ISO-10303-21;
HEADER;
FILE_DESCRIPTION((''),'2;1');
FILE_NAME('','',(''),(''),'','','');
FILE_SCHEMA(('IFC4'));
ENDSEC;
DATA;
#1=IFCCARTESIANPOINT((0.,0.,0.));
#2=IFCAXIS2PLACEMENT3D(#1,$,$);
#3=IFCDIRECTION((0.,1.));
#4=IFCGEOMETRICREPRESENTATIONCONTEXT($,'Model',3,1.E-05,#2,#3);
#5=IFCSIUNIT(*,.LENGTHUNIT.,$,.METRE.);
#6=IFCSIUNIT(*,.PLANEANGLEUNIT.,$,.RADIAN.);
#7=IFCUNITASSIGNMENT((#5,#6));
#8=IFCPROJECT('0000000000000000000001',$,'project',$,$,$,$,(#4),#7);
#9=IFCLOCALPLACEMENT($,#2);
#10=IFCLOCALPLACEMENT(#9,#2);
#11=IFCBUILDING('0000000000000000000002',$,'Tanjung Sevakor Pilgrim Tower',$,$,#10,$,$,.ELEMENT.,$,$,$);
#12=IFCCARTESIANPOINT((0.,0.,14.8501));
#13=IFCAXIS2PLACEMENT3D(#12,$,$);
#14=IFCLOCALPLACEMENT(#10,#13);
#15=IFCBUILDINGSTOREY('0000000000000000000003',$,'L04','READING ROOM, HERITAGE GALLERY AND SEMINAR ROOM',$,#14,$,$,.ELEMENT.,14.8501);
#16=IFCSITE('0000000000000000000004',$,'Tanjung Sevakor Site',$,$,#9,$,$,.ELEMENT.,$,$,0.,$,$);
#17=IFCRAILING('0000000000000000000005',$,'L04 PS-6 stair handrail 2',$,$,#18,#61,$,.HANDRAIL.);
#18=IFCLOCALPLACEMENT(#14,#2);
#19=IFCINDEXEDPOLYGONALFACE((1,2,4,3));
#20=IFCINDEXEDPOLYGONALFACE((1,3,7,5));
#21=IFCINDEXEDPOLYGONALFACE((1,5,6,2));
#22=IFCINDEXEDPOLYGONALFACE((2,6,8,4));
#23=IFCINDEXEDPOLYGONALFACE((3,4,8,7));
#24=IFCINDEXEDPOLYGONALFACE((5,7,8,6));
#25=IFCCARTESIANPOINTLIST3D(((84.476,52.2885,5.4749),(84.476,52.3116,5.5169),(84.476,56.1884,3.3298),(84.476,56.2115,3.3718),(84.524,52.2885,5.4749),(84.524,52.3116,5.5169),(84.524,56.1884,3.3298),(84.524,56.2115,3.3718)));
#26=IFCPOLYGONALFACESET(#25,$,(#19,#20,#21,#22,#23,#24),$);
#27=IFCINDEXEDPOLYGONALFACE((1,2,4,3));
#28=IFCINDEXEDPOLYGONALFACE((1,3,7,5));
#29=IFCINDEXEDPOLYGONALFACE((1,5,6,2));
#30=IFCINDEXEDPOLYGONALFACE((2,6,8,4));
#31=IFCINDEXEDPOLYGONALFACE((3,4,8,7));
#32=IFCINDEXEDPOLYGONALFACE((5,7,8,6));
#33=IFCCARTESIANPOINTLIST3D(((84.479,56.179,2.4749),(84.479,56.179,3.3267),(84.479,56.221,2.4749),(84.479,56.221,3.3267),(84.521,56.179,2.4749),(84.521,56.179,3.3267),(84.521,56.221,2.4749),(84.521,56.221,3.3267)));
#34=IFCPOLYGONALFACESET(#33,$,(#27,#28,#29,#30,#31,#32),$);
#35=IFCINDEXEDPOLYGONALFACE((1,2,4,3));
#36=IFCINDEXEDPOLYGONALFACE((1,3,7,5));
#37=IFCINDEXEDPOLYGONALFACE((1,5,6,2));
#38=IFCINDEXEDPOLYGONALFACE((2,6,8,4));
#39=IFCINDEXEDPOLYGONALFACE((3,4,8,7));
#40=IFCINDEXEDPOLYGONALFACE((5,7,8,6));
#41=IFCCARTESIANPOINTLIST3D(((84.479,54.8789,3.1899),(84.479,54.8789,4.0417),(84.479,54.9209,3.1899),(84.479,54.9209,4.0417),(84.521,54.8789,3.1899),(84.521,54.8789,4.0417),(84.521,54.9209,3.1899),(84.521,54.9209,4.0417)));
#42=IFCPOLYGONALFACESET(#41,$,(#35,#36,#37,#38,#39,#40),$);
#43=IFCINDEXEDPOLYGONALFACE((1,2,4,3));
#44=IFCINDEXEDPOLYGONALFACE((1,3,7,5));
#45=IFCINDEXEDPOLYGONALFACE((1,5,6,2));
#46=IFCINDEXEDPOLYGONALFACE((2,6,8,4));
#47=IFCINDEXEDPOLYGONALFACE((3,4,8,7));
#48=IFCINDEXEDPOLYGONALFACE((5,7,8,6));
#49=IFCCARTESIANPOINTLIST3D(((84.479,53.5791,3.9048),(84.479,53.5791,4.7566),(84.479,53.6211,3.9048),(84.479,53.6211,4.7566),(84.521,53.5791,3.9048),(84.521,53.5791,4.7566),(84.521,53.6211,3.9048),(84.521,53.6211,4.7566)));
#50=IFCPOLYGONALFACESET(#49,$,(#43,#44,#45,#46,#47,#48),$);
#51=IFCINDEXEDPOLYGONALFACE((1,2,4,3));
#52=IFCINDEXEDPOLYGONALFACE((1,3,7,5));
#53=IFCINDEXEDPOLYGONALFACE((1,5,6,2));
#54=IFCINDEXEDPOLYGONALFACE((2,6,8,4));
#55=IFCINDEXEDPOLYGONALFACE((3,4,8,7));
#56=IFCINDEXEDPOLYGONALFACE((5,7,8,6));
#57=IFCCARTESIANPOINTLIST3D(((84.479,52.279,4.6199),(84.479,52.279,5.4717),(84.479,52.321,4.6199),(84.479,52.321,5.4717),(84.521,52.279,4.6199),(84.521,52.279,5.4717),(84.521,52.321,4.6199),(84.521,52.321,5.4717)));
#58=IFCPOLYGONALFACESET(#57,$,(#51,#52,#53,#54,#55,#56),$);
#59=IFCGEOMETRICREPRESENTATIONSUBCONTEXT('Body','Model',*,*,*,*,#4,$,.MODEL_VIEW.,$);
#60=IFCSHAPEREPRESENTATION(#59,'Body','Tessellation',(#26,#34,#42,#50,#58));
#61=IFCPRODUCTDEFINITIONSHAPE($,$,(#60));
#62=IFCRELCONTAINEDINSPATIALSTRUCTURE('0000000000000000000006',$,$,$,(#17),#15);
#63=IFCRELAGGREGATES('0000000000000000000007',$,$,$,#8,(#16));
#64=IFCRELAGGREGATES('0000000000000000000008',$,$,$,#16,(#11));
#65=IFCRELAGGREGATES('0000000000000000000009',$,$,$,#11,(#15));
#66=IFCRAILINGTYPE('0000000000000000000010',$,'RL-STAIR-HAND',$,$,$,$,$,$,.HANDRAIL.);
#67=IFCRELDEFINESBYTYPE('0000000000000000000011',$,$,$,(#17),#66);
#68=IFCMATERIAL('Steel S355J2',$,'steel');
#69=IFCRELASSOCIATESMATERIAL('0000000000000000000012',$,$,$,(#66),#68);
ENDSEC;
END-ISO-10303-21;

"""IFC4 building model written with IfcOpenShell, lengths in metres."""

from ifc_helpers import new_model, si_unit, direction, frame, origin, place, context, subcontext, project, spatial, rectangle, extrude, material, type_object, element, save


model = new_model("IFC4")

# Units and contexts
model_context = context("Model", 3, precision=1e-05, world=origin(), true_north=direction((0.0, 1.0)))
body_context = subcontext(model_context, "Body", "Model", "MODEL_VIEW")
ifc_project = project(units=[si_unit("LENGTHUNIT", "METRE"), si_unit("PLANEANGLEUNIT", "RADIAN")], contexts=[model_context])

# Site, building, storey
site_placement = place(None, origin())
site = spatial("IfcSite", under=ifc_project, at=site_placement, Name="Tanjung Sevakor Site", CompositionType="ELEMENT", RefElevation=0.0)
building_placement = place(site_placement, origin())
building = spatial("IfcBuilding", under=site, at=building_placement, Name="Tanjung Sevakor Pilgrim Tower", CompositionType="ELEMENT")
storey_placement = place(building_placement, frame((0.0, 0.0, 14.8501)))
storey = spatial("IfcBuildingStorey", under=building, at=storey_placement, Name="L04", Description="READING ROOM, HERITAGE GALLERY AND SEMINAR ROOM", CompositionType="ELEMENT", Elevation=14.8501)

# Railing
ifc_material_1 = material(Name="Steel S355J2", Category="steel")
railing_type_1 = type_object("IfcRailingType", Name="RL-STAIR-HAND", PredefinedType="HANDRAIL", material=ifc_material_1)
railing_1_placement = place(storey_placement, frame((84.5, 56.2, 2.4749)))
element("IfcRailing", 1, at=railing_1_placement, inside=storey, type_object=railing_type_1, Name="L04 PS-6 stair handrail 2", PredefinedType="HANDRAIL", context=body_context, shape_type="SweptSolid", body=[
    extrude(rectangle(XDim=0.0479, YDim=0.0479), frame((0.0, 0.0, 0.876), z_axis=(0.0, -0.876209, 0.481931), x_axis=(1.0, 0.0, 0.0)), (0.0, 0.0, 1.0), 4.4509),
    extrude(rectangle(XDim=0.042, YDim=0.042), origin(), (0.0, 0.0, 1.0), 0.8518),
    extrude(rectangle(XDim=0.042, YDim=0.042), frame((0.0, -1.3, 0.7151)), (0.0, 0.0, 1.0), 0.8518),
    extrude(rectangle(XDim=0.042, YDim=0.042), frame((0.0, -2.5999, 1.4299)), (0.0, 0.0, 1.0), 0.8518),
    extrude(rectangle(XDim=0.042, YDim=0.042), frame((0.0, -3.8999, 2.145)), (0.0, 0.0, 1.0), 0.8518),
])

save(model, "model.ifc")
